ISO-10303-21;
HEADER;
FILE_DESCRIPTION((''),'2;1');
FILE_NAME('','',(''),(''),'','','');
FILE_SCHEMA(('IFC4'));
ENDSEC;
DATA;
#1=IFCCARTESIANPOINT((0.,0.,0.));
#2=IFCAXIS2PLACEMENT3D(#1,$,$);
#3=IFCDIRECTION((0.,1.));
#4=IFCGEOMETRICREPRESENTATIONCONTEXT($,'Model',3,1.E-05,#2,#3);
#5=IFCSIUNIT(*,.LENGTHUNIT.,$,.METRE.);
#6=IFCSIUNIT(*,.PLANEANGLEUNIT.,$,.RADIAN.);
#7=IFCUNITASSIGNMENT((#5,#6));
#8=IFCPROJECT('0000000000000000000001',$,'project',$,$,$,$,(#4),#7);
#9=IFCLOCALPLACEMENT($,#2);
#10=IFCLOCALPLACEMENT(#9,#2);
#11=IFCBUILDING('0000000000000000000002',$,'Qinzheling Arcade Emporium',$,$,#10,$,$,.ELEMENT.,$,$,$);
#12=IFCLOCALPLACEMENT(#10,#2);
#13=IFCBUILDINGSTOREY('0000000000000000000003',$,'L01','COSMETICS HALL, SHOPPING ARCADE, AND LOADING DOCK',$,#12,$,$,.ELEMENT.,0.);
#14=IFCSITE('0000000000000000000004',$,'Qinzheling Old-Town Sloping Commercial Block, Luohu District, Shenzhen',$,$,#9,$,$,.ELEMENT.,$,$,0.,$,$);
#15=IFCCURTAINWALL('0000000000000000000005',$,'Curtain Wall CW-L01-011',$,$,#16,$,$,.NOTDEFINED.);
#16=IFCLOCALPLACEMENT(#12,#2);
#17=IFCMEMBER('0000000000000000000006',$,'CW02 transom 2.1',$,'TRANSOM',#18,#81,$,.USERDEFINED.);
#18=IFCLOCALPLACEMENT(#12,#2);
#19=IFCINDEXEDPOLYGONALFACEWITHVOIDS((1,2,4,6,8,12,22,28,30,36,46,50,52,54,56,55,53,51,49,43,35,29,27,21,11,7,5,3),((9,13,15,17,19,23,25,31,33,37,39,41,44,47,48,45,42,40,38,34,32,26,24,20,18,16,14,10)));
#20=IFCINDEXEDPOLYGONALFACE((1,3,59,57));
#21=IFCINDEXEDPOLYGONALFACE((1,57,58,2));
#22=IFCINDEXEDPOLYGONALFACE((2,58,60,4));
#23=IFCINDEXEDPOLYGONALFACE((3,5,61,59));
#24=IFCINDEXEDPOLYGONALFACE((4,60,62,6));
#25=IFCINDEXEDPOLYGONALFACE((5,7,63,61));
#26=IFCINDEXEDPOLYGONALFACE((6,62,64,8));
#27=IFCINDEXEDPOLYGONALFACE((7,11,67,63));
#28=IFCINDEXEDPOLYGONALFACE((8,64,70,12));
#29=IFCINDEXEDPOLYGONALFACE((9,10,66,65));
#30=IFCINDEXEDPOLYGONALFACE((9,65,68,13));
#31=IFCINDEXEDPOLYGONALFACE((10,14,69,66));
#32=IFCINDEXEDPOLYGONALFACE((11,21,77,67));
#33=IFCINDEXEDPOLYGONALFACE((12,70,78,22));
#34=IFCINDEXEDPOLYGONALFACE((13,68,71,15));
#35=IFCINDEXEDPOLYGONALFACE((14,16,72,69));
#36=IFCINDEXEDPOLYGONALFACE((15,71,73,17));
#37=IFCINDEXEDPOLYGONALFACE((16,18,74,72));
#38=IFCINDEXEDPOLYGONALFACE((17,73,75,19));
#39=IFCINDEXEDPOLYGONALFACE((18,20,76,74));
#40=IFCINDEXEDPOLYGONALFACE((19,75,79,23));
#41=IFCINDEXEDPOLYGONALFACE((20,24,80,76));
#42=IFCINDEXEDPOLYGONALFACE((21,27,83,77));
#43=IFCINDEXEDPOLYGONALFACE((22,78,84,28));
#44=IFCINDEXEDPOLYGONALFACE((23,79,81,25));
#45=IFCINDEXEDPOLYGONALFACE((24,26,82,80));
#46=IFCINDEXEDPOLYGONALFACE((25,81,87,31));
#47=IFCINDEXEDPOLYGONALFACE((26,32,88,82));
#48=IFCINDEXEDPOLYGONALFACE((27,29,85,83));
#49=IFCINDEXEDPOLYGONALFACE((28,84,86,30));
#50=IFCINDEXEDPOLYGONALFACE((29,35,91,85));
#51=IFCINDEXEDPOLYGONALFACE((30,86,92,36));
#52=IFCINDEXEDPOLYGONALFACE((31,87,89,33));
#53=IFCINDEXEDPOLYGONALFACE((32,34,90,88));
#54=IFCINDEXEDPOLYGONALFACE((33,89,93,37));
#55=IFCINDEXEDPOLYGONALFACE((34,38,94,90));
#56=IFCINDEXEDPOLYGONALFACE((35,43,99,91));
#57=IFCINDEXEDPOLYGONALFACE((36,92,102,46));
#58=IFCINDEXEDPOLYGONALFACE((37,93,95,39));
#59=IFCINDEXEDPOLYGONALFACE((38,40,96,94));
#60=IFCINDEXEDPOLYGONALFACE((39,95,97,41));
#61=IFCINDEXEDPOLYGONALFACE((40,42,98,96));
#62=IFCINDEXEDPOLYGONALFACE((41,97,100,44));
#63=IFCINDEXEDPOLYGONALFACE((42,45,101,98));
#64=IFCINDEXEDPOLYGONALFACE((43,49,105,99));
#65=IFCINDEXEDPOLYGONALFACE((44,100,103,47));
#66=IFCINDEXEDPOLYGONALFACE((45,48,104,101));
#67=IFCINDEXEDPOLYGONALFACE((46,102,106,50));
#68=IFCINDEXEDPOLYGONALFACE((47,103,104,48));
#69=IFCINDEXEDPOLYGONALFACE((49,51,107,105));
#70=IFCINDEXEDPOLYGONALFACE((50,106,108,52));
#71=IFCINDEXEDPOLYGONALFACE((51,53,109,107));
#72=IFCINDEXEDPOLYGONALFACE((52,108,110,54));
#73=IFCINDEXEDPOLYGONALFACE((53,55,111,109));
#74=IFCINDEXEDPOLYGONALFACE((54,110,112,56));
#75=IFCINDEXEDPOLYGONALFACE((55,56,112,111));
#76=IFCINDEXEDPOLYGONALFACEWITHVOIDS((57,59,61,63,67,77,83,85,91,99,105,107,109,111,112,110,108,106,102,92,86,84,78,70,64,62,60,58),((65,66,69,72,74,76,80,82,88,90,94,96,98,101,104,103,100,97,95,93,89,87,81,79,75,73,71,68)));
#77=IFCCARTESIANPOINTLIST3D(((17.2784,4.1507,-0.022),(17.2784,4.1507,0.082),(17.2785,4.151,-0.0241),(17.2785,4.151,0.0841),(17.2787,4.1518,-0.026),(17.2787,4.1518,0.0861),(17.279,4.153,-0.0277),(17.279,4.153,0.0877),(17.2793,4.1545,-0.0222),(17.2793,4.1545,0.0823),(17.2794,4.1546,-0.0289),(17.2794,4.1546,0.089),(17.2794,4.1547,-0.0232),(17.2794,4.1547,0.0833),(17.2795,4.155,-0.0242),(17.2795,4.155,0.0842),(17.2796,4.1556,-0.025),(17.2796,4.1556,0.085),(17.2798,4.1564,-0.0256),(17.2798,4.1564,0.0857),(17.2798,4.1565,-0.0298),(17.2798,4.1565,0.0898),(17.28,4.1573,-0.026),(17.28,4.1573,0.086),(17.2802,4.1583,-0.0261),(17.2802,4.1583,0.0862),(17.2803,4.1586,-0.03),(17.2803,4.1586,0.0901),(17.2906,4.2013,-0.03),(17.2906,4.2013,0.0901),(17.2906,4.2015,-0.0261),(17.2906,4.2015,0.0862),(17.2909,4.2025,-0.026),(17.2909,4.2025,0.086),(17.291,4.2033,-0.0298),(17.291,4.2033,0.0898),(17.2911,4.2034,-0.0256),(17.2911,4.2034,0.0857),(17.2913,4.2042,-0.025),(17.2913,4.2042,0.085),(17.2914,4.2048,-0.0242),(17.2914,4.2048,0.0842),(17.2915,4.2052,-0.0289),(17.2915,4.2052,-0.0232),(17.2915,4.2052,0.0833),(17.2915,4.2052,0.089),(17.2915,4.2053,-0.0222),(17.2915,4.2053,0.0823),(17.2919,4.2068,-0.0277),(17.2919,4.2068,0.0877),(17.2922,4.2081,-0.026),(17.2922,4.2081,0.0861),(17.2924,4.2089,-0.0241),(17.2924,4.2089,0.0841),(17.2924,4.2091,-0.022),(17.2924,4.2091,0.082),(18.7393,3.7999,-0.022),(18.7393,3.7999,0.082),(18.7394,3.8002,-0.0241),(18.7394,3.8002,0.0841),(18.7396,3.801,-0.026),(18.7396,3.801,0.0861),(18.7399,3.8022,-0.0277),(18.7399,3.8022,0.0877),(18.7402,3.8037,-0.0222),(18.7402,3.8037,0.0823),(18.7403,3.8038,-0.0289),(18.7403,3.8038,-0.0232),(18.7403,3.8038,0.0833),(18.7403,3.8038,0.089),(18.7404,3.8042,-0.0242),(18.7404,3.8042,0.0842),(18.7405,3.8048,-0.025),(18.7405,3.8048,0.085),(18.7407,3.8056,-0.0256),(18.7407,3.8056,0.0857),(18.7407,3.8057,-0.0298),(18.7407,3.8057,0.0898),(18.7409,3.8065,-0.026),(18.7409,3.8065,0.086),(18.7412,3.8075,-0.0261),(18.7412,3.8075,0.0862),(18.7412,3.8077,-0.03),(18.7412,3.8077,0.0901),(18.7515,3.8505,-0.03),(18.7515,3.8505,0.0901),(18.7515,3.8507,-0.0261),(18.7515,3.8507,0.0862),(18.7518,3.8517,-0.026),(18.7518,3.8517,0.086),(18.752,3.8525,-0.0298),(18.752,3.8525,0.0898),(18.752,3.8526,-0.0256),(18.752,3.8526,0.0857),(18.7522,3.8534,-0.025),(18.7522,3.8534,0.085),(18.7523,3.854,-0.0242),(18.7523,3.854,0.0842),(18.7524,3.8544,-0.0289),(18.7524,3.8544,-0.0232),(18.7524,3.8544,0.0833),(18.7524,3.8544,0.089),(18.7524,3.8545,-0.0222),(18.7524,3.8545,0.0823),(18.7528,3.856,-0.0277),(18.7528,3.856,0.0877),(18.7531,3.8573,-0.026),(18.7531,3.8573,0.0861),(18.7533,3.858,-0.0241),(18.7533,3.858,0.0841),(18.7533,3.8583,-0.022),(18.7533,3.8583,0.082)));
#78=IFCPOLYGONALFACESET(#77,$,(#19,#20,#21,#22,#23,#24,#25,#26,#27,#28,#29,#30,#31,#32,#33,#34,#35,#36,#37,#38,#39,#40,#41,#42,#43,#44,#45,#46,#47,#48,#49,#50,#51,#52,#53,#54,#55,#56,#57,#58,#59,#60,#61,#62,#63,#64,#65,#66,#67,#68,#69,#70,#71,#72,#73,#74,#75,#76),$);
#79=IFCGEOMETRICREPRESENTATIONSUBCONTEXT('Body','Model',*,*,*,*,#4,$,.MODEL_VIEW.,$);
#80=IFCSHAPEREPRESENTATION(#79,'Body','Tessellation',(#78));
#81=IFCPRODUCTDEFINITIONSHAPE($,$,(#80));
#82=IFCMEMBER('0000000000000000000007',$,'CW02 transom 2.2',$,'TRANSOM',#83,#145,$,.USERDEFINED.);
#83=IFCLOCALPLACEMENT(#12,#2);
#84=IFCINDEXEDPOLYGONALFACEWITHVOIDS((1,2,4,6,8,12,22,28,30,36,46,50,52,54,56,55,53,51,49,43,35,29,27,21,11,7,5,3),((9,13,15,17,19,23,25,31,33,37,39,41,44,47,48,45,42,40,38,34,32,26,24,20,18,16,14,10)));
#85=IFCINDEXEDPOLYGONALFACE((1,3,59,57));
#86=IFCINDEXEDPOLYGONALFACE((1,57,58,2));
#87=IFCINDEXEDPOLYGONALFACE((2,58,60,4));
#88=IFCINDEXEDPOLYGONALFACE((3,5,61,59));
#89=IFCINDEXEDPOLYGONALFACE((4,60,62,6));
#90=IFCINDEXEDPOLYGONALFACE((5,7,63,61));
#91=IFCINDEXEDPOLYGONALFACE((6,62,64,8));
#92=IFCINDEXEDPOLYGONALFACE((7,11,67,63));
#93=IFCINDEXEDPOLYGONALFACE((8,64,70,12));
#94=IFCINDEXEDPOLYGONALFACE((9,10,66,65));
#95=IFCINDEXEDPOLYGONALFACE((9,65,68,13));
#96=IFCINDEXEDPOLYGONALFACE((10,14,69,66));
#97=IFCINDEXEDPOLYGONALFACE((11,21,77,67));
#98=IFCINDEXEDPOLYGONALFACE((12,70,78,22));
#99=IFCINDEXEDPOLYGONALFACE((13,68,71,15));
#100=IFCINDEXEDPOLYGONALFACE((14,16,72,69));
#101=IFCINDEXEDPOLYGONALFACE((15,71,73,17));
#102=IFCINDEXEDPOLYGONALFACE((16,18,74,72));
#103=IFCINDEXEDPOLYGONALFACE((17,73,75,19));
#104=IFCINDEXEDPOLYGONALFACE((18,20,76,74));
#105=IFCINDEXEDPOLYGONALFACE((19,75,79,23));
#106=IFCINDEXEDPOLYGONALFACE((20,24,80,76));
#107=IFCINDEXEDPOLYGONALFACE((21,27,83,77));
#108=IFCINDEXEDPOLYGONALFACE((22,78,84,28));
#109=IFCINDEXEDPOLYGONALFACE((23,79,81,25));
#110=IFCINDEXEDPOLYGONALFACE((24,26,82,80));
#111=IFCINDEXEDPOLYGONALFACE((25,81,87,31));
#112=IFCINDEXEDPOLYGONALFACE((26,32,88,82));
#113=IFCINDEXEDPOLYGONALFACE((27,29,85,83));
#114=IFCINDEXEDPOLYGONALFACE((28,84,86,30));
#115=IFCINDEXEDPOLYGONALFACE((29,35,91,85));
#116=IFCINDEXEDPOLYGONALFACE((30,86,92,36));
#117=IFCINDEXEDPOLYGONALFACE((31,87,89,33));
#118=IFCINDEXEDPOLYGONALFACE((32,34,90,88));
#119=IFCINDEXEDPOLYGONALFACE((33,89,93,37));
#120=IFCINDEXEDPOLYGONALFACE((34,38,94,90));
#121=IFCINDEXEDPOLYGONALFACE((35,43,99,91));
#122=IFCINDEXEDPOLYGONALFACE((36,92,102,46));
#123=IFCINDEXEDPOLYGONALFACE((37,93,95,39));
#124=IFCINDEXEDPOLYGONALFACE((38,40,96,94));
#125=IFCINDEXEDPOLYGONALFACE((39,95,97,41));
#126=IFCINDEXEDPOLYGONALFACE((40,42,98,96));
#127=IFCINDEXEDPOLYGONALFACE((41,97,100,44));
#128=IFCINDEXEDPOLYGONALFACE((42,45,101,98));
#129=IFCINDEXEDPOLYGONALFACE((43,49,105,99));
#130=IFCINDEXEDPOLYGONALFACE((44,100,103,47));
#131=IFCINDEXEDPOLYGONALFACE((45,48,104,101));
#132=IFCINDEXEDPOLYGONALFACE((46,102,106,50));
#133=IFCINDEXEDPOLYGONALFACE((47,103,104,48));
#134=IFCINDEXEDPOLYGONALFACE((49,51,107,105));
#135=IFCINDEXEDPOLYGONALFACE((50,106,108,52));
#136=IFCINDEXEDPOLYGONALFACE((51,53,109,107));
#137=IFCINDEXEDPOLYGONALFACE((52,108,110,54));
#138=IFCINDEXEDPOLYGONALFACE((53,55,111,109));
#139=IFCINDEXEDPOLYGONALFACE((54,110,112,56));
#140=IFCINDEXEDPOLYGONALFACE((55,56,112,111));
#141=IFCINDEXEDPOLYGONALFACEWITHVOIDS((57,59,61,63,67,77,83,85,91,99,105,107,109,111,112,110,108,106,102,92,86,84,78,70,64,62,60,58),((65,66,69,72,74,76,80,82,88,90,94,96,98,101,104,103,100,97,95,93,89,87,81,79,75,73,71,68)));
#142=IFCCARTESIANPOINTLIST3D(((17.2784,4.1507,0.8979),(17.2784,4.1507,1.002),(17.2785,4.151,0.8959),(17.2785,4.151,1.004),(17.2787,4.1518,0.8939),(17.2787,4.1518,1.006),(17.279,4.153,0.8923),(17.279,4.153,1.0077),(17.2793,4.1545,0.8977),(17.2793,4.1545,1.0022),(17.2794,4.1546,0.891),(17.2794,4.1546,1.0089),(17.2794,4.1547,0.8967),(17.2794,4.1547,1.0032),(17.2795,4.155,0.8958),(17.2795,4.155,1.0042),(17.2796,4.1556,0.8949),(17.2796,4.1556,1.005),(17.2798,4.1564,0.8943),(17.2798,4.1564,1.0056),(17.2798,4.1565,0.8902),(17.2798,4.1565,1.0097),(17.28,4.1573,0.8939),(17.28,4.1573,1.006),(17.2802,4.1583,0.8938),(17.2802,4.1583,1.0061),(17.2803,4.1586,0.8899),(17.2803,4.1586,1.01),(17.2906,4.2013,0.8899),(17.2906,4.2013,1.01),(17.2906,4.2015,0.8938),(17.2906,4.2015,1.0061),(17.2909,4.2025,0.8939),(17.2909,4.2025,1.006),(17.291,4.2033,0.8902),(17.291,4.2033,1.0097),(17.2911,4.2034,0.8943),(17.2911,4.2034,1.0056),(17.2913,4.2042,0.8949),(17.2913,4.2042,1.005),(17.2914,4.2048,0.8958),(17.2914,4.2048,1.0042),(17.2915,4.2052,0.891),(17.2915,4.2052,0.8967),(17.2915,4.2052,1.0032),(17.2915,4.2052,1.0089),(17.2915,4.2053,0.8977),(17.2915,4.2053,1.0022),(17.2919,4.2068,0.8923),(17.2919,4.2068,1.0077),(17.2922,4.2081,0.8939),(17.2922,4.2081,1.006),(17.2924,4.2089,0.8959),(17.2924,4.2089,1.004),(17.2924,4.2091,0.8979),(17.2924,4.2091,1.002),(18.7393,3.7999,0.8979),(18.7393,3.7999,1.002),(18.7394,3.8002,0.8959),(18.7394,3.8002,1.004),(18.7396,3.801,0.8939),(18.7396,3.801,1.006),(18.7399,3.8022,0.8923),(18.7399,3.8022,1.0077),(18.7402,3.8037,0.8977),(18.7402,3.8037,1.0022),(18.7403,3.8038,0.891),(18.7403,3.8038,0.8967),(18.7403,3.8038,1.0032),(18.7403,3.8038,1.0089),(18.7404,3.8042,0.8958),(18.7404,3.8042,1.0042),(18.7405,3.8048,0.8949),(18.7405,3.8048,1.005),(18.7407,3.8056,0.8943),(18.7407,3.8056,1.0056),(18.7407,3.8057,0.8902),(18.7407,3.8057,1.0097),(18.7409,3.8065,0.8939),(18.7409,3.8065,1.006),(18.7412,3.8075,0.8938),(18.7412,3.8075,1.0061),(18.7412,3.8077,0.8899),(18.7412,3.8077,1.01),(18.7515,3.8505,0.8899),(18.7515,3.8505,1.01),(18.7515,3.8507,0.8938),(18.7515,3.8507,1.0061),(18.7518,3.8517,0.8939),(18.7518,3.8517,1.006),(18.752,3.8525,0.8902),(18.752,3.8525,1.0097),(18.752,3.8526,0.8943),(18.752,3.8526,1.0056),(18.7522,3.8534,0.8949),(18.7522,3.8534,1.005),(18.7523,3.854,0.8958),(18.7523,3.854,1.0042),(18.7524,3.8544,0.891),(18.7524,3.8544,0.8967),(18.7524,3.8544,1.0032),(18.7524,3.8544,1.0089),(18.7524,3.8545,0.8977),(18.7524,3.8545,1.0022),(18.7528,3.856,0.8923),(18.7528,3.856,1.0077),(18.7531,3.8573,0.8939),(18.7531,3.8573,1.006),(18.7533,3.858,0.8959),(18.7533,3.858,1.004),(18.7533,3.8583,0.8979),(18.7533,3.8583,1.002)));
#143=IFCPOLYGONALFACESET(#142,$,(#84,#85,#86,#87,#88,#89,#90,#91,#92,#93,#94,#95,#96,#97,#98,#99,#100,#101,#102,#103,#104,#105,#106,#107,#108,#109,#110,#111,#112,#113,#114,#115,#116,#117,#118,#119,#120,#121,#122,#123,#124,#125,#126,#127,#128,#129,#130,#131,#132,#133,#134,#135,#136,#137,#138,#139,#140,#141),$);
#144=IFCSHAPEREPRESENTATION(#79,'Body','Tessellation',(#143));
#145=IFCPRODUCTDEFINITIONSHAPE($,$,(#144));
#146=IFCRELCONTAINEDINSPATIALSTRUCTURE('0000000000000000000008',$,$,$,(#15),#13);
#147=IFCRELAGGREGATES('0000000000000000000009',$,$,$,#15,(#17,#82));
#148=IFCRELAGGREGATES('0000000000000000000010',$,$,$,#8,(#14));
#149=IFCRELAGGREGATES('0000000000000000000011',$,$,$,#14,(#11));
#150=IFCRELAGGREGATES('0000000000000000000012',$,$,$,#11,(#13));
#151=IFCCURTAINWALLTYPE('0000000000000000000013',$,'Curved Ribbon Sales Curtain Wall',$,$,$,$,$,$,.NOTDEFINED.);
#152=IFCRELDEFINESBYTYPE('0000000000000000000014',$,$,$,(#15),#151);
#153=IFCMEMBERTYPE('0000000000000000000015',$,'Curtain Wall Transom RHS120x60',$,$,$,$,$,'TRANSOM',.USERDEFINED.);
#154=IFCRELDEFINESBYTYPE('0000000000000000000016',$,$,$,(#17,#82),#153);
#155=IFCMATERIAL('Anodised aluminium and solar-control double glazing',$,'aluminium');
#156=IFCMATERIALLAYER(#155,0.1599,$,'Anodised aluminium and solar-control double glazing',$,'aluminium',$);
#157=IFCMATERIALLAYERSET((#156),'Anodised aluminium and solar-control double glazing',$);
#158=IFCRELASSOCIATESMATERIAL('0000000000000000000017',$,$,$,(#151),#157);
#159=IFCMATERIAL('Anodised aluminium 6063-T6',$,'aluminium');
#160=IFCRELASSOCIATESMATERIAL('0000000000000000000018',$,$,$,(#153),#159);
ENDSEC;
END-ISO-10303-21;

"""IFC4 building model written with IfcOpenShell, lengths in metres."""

from ifc_helpers import new_model, si_unit, direction, frame, origin, origin_2d, place, context, subcontext, project, spatial, hollow_rectangle, extrude, material, layer, layer_set, material_profile, profile_set, type_object, element, aggregate, save


model = new_model("IFC4")

# Units and contexts
model_context = context("Model", 3, precision=1e-05, world=origin(), true_north=direction((0.0, 1.0)))
body_context = subcontext(model_context, "Body", "Model", "MODEL_VIEW")
ifc_project = project(units=[si_unit("LENGTHUNIT", "METRE"), si_unit("PLANEANGLEUNIT", "RADIAN")], contexts=[model_context])

# Site, building, storey
site_placement = place(None, origin())
site = spatial("IfcSite", under=ifc_project, at=site_placement, Name="Qinzheling Old-Town Sloping Commercial Block, Luohu District, Shenzhen", CompositionType="ELEMENT", RefElevation=0.0)
building_placement = place(site_placement, origin())
building = spatial("IfcBuilding", under=site, at=building_placement, Name="Qinzheling Arcade Emporium", CompositionType="ELEMENT")
storey_placement = place(building_placement, origin())
storey = spatial("IfcBuildingStorey", under=building, at=storey_placement, Name="L01", Description="COSMETICS HALL, SHOPPING ARCADE, AND LOADING DOCK", CompositionType="ELEMENT", Elevation=0.0)

# Curtain wall, members
ifc_material_1 = material(Name="Anodised aluminium and solar-control double glazing", Category="aluminium")
ifc_layer_1 = layer(ifc_material_1, 0.1599, Name="Anodised aluminium and solar-control double glazing", Category="aluminium")
ifc_layer_set_1 = layer_set([ifc_layer_1], Name="Anodised aluminium and solar-control double glazing")
curtain_wall_type = type_object("IfcCurtainWallType", Name="Curved Ribbon Sales Curtain Wall", PredefinedType="NOTDEFINED", material=ifc_layer_set_1)
curtain_wall_placement = place(storey_placement, origin())
curtain_wall = element("IfcCurtainWall", 1, at=curtain_wall_placement, inside=storey, type_object=curtain_wall_type, Name="Curtain Wall CW-L01-011", PredefinedType="NOTDEFINED")
ifc_material_2 = material(Name="Anodised aluminium 6063-T6", Category="aluminium")
ifc_material_profile_1 = material_profile(ifc_material_2, hollow_rectangle(XDim=0.0601, YDim=0.1201, WallThickness=0.0039, InnerFilletRadius=0.0039, OuterFilletRadius=0.0081, at=origin_2d()), Name="RHS 120x60x4", Category="aluminium")
ifc_profile_set_1 = profile_set([ifc_material_profile_1], Name="Anodised aluminium 6063-T6")
member_type_1 = type_object("IfcMemberType", Name="Curtain Wall Transom RHS120x60", ElementType="TRANSOM", PredefinedType="USERDEFINED", material=ifc_profile_set_1)
member_1_placement = place(storey_placement, frame((18.7463, 3.8291, 0.03), z_axis=(-0.972356, 0.233502, 0.0), x_axis=(-0.233502, -0.972356, 0.0)))
member_1 = element("IfcMember", 2, at=member_1_placement, type_object=member_type_1, Name="CW02 transom 2.1", ObjectType="TRANSOM", PredefinedType="USERDEFINED", context=body_context, shape_type="SweptSolid", body=[
    extrude(hollow_rectangle(XDim=0.0601, YDim=0.1201, WallThickness=0.0039, InnerFilletRadius=0.0039, OuterFilletRadius=0.0081, at=origin_2d()), origin(), (0.0, 0.0, 1.0), 1.5024),
])
member_2_placement = place(storey_placement, frame((18.7463, 3.8291, 0.95), z_axis=(-0.972356, 0.233502, 0.0), x_axis=(-0.233502, -0.972356, 0.0)))
member_2 = element("IfcMember", 3, at=member_2_placement, type_object=member_type_1, Name="CW02 transom 2.2", ObjectType="TRANSOM", PredefinedType="USERDEFINED", context=body_context, shape_type="SweptSolid", body=[
    extrude(hollow_rectangle(XDim=0.0601, YDim=0.1201, WallThickness=0.0039, InnerFilletRadius=0.0039, OuterFilletRadius=0.0081, at=origin_2d()), origin(), (0.0, 0.0, 1.0), 1.5024),
])

aggregate(curtain_wall, [member_1, member_2])

save(model, "model.ifc")
